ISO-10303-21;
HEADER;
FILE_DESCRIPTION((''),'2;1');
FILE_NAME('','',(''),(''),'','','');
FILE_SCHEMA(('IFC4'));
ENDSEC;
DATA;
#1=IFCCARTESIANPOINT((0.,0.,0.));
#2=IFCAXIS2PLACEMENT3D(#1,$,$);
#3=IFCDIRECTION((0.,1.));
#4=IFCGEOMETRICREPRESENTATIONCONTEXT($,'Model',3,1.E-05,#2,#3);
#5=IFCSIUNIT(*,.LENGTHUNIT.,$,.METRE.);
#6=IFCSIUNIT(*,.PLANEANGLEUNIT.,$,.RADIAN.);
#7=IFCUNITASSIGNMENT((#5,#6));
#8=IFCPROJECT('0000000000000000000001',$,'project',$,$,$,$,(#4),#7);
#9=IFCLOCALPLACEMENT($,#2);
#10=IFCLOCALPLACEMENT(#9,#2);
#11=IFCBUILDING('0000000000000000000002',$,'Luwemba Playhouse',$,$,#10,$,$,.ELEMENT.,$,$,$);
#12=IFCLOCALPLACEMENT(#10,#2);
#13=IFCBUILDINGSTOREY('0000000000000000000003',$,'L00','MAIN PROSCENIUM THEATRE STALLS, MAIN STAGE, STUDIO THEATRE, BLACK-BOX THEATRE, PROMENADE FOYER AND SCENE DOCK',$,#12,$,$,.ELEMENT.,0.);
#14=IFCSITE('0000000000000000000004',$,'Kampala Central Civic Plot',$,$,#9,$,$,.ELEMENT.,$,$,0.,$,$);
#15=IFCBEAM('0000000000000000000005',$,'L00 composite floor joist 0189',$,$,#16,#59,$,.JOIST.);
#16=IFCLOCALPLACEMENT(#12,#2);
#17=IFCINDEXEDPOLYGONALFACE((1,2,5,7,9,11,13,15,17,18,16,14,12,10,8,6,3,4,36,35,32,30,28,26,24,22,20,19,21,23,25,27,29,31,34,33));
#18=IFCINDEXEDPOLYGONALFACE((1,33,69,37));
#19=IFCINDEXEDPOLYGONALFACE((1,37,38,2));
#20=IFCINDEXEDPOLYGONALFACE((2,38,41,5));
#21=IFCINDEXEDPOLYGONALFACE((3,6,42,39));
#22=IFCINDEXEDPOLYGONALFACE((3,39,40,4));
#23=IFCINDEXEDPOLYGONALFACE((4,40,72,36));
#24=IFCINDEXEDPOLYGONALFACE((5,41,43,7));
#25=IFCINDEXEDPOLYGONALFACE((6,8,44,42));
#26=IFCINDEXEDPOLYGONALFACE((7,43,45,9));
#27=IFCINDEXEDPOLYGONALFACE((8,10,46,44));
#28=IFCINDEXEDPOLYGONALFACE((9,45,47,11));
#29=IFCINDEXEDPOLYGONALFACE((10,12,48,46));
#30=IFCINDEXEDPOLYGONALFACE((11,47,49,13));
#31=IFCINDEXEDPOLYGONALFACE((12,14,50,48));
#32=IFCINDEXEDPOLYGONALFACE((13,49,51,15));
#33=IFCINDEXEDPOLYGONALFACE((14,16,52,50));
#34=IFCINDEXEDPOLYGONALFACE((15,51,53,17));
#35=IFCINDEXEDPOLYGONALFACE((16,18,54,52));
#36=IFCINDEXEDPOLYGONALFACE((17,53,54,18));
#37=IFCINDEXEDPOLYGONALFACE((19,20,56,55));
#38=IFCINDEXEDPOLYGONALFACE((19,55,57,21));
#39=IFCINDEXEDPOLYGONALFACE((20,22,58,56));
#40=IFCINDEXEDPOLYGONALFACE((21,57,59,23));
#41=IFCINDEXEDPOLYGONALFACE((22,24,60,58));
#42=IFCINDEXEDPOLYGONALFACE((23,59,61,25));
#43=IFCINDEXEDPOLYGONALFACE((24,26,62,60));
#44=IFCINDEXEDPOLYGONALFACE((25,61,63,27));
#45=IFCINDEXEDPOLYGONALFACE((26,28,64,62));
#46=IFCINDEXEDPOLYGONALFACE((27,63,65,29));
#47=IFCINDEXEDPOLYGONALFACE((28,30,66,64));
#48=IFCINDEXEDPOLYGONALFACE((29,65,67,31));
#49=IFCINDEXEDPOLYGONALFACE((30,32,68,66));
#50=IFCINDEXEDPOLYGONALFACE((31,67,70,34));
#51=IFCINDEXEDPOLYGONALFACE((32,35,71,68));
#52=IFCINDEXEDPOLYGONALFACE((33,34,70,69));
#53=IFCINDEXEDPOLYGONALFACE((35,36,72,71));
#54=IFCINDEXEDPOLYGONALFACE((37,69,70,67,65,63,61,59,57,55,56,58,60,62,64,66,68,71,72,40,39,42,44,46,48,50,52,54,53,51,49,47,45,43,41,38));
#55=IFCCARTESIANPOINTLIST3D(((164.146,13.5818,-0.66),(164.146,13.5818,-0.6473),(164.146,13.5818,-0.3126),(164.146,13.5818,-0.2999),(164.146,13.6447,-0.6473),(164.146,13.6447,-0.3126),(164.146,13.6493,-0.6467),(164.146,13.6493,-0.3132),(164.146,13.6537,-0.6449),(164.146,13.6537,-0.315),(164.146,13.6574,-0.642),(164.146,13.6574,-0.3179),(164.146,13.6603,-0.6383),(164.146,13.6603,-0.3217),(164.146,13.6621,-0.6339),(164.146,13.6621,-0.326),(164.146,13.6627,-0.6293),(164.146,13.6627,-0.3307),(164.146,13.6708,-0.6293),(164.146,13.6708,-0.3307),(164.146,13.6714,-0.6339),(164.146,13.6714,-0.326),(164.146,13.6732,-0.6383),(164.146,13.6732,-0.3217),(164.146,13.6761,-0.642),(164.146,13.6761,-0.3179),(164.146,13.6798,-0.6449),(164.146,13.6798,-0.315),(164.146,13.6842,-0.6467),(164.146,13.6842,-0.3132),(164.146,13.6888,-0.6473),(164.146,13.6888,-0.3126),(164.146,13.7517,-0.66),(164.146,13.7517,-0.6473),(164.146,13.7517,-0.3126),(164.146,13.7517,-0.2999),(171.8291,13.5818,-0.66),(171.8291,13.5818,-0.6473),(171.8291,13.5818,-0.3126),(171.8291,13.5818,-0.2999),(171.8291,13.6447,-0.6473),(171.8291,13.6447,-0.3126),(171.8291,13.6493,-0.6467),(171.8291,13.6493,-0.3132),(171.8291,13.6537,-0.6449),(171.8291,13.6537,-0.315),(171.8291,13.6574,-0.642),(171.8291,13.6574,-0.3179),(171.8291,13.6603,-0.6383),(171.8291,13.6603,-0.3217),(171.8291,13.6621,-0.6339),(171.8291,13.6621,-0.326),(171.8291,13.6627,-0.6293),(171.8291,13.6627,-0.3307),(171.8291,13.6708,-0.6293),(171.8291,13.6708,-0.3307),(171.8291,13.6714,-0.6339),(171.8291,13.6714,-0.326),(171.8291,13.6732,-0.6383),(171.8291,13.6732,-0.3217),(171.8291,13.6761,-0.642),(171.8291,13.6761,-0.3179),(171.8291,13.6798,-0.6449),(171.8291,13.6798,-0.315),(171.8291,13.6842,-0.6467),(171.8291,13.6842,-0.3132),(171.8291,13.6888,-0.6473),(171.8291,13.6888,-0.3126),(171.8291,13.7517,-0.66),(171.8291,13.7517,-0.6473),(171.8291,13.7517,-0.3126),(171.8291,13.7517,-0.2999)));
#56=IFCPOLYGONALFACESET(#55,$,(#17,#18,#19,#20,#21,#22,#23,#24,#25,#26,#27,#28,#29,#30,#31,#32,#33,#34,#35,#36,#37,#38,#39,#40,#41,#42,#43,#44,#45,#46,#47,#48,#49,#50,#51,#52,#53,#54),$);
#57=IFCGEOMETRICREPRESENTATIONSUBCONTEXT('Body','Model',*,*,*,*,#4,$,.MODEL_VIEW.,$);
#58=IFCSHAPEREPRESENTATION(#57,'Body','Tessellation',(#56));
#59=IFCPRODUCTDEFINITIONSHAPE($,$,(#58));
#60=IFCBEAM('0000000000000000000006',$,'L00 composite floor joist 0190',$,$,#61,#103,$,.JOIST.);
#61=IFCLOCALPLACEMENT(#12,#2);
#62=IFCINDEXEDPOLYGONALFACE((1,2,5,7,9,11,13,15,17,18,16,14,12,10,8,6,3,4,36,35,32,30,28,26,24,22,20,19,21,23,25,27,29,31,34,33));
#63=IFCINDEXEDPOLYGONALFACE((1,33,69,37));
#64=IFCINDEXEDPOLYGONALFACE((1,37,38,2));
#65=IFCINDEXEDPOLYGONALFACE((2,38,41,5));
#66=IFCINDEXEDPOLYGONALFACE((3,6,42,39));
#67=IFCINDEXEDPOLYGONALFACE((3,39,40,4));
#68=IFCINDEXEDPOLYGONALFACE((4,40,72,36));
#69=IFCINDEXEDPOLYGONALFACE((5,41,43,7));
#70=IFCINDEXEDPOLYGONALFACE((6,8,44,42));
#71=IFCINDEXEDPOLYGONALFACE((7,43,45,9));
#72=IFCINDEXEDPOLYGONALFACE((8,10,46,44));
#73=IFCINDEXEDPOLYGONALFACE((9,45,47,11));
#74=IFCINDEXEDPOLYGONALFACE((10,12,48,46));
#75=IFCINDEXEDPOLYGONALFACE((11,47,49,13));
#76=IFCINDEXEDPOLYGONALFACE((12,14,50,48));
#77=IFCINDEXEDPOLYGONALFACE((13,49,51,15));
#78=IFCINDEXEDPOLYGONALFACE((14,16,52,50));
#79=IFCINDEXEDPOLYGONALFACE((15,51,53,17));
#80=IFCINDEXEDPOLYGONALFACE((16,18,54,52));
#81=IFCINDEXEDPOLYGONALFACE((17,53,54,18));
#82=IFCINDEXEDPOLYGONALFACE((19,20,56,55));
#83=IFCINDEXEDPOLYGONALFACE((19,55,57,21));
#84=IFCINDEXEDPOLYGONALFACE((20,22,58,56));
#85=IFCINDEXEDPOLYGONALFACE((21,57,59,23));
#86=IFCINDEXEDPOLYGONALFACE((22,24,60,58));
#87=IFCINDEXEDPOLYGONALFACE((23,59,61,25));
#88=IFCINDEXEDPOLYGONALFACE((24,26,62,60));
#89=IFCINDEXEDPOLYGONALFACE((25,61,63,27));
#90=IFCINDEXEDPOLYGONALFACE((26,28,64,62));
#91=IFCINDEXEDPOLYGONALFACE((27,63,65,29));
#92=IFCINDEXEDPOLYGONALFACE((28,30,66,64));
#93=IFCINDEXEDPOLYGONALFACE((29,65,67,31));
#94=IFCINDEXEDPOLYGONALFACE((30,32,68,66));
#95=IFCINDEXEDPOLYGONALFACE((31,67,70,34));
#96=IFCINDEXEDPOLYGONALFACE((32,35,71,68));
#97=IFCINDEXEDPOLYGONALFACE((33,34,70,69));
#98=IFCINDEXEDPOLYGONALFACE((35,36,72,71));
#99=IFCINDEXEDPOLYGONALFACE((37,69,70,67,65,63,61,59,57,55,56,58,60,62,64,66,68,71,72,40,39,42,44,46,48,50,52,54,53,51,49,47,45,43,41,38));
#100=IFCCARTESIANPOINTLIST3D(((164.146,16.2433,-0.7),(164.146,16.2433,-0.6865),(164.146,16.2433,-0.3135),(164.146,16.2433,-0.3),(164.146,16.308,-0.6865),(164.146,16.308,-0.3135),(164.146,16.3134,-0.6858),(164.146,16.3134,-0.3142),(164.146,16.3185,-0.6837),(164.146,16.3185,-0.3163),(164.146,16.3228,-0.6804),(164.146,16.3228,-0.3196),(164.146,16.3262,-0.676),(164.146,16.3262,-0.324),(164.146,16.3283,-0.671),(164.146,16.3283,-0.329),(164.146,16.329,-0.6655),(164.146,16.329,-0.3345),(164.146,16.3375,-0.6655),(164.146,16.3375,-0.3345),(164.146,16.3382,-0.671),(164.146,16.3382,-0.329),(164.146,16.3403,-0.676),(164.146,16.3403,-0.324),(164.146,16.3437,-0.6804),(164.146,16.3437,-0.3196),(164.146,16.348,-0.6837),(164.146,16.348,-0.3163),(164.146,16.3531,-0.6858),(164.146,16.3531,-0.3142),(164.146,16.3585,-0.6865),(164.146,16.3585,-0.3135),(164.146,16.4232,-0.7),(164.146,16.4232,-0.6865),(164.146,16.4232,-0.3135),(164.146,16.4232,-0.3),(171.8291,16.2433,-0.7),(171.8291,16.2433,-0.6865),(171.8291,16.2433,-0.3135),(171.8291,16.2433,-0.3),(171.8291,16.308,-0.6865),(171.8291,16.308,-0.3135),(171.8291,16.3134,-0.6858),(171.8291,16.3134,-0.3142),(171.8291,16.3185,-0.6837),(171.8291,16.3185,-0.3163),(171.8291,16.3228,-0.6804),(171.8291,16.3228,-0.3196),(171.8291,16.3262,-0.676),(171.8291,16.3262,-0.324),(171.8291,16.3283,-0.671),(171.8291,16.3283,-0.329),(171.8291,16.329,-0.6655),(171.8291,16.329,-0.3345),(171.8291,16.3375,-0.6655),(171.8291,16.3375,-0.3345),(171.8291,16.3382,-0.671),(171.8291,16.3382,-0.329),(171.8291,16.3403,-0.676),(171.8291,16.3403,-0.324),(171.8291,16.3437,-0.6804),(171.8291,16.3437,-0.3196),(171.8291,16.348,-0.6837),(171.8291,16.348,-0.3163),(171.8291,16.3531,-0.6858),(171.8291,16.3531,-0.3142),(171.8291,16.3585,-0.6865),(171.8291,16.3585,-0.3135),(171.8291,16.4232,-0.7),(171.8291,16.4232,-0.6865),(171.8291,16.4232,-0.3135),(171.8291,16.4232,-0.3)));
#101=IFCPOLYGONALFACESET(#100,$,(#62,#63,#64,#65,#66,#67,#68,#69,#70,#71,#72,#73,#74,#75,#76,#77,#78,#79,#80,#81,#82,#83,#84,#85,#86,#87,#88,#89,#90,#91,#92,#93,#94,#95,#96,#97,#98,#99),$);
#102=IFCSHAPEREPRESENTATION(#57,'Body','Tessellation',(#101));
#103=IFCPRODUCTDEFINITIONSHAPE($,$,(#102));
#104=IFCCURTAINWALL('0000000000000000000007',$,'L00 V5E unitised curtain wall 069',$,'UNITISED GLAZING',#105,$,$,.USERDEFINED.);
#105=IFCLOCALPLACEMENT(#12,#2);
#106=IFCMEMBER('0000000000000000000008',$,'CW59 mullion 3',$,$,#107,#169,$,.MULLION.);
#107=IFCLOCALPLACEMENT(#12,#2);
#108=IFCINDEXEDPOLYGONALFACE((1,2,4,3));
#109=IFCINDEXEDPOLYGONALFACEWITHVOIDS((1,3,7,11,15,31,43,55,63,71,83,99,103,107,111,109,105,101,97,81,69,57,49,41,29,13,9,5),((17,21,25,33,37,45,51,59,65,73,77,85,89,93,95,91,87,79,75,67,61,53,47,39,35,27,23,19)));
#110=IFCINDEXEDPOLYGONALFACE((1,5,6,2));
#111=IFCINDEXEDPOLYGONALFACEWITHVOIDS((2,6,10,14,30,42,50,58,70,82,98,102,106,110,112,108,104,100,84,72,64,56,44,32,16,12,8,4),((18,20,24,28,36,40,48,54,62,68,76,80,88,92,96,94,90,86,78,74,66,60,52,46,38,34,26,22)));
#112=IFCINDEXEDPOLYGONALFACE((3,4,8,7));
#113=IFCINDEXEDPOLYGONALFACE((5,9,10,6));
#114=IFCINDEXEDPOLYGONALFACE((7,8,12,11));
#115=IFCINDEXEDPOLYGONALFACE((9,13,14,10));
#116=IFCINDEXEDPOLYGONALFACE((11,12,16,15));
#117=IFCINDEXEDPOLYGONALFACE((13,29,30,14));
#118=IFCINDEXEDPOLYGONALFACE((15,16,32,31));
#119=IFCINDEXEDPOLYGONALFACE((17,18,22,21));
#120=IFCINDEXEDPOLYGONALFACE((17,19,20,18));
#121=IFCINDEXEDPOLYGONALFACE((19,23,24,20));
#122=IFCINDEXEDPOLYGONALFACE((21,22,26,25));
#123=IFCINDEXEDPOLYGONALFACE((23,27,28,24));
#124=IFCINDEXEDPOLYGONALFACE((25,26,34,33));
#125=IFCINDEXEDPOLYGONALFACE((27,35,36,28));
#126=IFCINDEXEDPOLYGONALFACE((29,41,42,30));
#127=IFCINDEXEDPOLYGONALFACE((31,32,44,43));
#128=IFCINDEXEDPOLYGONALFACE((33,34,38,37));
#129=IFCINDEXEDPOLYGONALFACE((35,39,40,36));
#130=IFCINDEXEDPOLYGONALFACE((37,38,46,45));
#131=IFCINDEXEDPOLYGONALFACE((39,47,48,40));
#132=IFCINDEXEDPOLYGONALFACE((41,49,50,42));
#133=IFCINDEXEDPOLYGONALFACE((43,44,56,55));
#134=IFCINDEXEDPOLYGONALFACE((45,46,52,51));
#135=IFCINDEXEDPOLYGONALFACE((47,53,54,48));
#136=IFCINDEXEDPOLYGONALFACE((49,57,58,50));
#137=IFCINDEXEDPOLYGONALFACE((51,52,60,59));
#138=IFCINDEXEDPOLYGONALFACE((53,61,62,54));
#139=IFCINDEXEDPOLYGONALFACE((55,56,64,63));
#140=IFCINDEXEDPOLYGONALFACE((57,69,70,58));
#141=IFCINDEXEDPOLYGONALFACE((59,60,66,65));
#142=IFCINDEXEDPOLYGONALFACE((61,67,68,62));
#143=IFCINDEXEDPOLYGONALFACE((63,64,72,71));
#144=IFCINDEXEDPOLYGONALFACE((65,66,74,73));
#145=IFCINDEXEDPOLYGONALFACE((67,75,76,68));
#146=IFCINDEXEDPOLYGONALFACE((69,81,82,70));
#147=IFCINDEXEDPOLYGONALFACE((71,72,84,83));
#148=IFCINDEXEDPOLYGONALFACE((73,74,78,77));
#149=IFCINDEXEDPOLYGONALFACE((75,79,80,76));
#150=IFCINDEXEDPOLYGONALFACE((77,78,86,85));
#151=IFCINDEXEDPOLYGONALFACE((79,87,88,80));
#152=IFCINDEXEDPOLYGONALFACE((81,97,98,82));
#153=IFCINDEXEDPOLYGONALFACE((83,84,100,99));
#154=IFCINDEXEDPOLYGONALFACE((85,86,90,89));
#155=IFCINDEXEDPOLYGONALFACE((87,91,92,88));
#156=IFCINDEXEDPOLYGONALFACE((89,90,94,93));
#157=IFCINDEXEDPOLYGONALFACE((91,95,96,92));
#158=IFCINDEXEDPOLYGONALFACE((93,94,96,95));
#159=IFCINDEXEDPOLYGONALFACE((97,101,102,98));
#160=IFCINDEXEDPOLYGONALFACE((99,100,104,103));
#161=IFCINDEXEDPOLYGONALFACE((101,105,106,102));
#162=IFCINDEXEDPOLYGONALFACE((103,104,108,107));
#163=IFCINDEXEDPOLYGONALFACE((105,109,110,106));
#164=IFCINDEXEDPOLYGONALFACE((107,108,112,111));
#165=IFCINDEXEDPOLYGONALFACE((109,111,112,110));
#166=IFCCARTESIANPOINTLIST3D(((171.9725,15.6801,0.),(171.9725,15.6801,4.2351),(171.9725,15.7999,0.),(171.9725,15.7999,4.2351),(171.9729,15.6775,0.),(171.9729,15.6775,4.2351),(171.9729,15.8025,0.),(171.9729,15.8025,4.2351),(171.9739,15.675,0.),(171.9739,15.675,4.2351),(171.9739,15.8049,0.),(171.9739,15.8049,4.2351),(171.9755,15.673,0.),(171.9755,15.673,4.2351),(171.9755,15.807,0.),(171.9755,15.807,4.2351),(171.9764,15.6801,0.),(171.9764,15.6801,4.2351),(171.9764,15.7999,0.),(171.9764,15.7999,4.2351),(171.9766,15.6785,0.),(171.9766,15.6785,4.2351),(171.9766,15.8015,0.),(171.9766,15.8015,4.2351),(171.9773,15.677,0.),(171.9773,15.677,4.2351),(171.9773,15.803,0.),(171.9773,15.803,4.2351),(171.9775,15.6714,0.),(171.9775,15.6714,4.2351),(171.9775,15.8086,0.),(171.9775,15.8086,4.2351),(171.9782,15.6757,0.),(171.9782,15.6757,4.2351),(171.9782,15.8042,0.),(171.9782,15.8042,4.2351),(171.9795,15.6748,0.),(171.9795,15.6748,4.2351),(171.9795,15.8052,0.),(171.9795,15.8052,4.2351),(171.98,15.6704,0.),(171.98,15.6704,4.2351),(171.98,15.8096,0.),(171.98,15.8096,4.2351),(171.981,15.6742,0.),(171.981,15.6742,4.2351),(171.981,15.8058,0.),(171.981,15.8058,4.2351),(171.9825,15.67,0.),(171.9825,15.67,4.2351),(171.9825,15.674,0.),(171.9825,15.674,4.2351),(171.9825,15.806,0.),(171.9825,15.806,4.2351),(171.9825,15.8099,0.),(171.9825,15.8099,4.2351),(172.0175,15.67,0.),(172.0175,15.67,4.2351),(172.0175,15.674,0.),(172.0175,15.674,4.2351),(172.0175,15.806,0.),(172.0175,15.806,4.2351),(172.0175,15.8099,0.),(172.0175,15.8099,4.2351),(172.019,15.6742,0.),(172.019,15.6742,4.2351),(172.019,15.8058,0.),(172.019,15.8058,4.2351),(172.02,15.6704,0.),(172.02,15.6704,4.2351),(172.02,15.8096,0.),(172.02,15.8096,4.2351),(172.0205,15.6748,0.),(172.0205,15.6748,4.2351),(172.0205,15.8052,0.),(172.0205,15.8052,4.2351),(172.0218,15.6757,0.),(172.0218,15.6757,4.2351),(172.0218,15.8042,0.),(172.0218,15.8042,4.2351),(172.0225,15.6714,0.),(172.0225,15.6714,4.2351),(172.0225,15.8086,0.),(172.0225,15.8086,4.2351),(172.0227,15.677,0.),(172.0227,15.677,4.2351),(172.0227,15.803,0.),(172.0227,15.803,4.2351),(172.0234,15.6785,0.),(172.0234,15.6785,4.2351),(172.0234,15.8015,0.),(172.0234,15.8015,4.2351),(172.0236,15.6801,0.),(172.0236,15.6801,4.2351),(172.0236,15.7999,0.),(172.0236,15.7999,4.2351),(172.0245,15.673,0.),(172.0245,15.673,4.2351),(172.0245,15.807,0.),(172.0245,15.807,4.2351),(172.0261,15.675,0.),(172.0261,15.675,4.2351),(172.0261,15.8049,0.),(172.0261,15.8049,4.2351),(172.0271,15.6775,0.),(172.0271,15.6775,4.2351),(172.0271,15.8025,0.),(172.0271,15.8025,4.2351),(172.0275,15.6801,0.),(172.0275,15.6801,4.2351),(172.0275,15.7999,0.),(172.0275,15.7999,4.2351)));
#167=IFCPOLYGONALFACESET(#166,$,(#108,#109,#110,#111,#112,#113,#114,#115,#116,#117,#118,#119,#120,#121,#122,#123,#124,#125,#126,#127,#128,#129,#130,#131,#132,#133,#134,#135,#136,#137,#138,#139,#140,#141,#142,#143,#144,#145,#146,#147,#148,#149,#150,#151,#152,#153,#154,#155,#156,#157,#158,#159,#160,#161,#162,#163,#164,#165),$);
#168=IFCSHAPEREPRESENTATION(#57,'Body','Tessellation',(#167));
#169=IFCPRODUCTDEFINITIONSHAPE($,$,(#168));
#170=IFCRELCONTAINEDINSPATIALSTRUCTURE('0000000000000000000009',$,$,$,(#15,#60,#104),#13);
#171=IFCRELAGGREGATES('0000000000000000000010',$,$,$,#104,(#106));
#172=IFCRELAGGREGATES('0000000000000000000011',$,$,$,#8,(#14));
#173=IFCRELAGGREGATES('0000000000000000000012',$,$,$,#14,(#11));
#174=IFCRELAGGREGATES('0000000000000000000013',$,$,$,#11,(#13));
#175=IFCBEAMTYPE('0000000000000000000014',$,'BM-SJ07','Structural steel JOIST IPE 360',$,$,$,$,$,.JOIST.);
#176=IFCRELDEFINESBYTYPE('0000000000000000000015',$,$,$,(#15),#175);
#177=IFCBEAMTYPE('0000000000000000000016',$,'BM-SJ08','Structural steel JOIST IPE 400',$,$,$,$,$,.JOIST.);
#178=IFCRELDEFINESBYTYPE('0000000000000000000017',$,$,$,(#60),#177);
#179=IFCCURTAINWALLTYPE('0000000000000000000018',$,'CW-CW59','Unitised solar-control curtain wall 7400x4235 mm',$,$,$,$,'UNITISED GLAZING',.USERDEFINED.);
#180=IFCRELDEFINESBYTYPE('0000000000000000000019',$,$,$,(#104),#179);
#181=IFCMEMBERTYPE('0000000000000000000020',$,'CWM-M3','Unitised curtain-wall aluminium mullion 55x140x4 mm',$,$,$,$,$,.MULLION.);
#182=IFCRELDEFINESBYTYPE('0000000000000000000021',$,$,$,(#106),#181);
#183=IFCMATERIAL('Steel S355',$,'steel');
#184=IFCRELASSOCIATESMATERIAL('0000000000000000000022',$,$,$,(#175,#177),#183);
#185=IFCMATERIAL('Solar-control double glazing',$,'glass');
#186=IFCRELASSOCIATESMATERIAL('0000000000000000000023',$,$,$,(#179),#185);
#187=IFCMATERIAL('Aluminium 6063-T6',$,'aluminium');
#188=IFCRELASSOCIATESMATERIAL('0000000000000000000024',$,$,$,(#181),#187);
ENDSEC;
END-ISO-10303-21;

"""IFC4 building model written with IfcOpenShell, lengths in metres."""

from ifc_helpers import new_model, si_unit, direction, frame, origin, origin_2d, place, context, subcontext, project, spatial, hollow_rectangle, i_section, extrude, material, material_profile, profile_set, type_object, element, aggregate, save


model = new_model("IFC4")

# Units and contexts
model_context = context("Model", 3, precision=1e-05, world=origin(), true_north=direction((0.0, 1.0)))
body_context = subcontext(model_context, "Body", "Model", "MODEL_VIEW")
ifc_project = project(units=[si_unit("LENGTHUNIT", "METRE"), si_unit("PLANEANGLEUNIT", "RADIAN")], contexts=[model_context])

# Site, building, storey
site_placement = place(None, origin())
site = spatial("IfcSite", under=ifc_project, at=site_placement, Name="Kampala Central Civic Plot", CompositionType="ELEMENT", RefElevation=0.0)
building_placement = place(site_placement, origin())
building = spatial("IfcBuilding", under=site, at=building_placement, Name="Luwemba Playhouse", CompositionType="ELEMENT")
storey_placement = place(building_placement, origin())
storey = spatial("IfcBuildingStorey", under=building, at=storey_placement, Name="L00", Description="MAIN PROSCENIUM THEATRE STALLS, MAIN STAGE, STUDIO THEATRE, BLACK-BOX THEATRE, PROMENADE FOYER AND SCENE DOCK", CompositionType="ELEMENT", Elevation=0.0)

# Beams
ifc_material_1 = material(Name="Steel S355", Category="steel")
ifc_material_profile_1 = material_profile(ifc_material_1, i_section(OverallWidth=0.1699, OverallDepth=0.3601, WebThickness=0.0081, FlangeThickness=0.0127, FilletRadius=0.0181, at=origin_2d()))
ifc_profile_set_1 = profile_set([ifc_material_profile_1], Name="Steel S355")
beam_type_1 = type_object("IfcBeamType", Name="BM-SJ07", Description="Structural steel JOIST IPE 360", PredefinedType="JOIST", material=ifc_profile_set_1)
beam_1_placement = place(storey_placement, frame((164.146, 13.6667, -0.48), z_axis=(1.0, 0.0, 0.0), x_axis=(0.0, 1.0, 0.0)))
element("IfcBeam", 1, at=beam_1_placement, inside=storey, type_object=beam_type_1, Name="L00 composite floor joist 0189", PredefinedType="JOIST", context=body_context, shape_type="SweptSolid", body=[
    extrude(i_section(OverallWidth=0.1699, OverallDepth=0.3601, WebThickness=0.0081, FlangeThickness=0.0127, FilletRadius=0.0181, at=origin_2d()), origin(), (0.0, 0.0, 1.0), 7.6831),
])
ifc_material_profile_2 = material_profile(ifc_material_1, i_section(OverallWidth=0.1799, OverallDepth=0.3999, WebThickness=0.0085, FlangeThickness=0.0134, FilletRadius=0.021, at=origin_2d()))
ifc_profile_set_2 = profile_set([ifc_material_profile_2], Name="Steel S355")
beam_type_2 = type_object("IfcBeamType", Name="BM-SJ08", Description="Structural steel JOIST IPE 400", PredefinedType="JOIST", material=ifc_profile_set_2)
beam_2_placement = place(storey_placement, frame((164.146, 16.3333, -0.5), z_axis=(1.0, 0.0, 0.0), x_axis=(0.0, 1.0, 0.0)))
element("IfcBeam", 2, at=beam_2_placement, inside=storey, type_object=beam_type_2, Name="L00 composite floor joist 0190", PredefinedType="JOIST", context=body_context, shape_type="SweptSolid", body=[
    extrude(i_section(OverallWidth=0.1799, OverallDepth=0.3999, WebThickness=0.0085, FlangeThickness=0.0134, FilletRadius=0.021, at=origin_2d()), origin(), (0.0, 0.0, 1.0), 7.6831),
])

# Curtain wall, member
ifc_material_2 = material(Name="Solar-control double glazing", Category="glass")
curtain_wall_type = type_object("IfcCurtainWallType", Name="CW-CW59", Description="Unitised solar-control curtain wall 7400x4235 mm", ElementType="UNITISED GLAZING", PredefinedType="USERDEFINED", material=ifc_material_2)
curtain_wall_placement = place(storey_placement, origin())
curtain_wall = element("IfcCurtainWall", 3, at=curtain_wall_placement, inside=storey, type_object=curtain_wall_type, Name="L00 V5E unitised curtain wall 069", ObjectType="UNITISED GLAZING", PredefinedType="USERDEFINED")
ifc_material_3 = material(Name="Aluminium 6063-T6", Category="aluminium")
ifc_material_profile_3 = material_profile(ifc_material_3, hollow_rectangle(XDim=0.0549, YDim=0.1399, WallThickness=0.0039, InnerFilletRadius=0.0061, OuterFilletRadius=0.01, at=origin_2d()))
ifc_profile_set_3 = profile_set([ifc_material_profile_3], Name="Aluminium 6063-T6")
member_type_1 = type_object("IfcMemberType", Name="CWM-M3", Description="Unitised curtain-wall aluminium mullion 55x140x4 mm", PredefinedType="MULLION", material=ifc_profile_set_3)
member_1_placement = place(storey_placement, frame((172.0, 15.74, 0.0), z_axis=(0.0, 0.0, 1.0), x_axis=(1.0, 0.0, 0.0)))
member_1 = element("IfcMember", 4, at=member_1_placement, type_object=member_type_1, Name="CW59 mullion 3", PredefinedType="MULLION", context=body_context, shape_type="SweptSolid", body=[
    extrude(hollow_rectangle(XDim=0.0549, YDim=0.1399, WallThickness=0.0039, InnerFilletRadius=0.0061, OuterFilletRadius=0.01, at=origin_2d()), origin(), (0.0, 0.0, 1.0), 4.2351),
])
aggregate(curtain_wall, [member_1])

save(model, "model.ifc")
